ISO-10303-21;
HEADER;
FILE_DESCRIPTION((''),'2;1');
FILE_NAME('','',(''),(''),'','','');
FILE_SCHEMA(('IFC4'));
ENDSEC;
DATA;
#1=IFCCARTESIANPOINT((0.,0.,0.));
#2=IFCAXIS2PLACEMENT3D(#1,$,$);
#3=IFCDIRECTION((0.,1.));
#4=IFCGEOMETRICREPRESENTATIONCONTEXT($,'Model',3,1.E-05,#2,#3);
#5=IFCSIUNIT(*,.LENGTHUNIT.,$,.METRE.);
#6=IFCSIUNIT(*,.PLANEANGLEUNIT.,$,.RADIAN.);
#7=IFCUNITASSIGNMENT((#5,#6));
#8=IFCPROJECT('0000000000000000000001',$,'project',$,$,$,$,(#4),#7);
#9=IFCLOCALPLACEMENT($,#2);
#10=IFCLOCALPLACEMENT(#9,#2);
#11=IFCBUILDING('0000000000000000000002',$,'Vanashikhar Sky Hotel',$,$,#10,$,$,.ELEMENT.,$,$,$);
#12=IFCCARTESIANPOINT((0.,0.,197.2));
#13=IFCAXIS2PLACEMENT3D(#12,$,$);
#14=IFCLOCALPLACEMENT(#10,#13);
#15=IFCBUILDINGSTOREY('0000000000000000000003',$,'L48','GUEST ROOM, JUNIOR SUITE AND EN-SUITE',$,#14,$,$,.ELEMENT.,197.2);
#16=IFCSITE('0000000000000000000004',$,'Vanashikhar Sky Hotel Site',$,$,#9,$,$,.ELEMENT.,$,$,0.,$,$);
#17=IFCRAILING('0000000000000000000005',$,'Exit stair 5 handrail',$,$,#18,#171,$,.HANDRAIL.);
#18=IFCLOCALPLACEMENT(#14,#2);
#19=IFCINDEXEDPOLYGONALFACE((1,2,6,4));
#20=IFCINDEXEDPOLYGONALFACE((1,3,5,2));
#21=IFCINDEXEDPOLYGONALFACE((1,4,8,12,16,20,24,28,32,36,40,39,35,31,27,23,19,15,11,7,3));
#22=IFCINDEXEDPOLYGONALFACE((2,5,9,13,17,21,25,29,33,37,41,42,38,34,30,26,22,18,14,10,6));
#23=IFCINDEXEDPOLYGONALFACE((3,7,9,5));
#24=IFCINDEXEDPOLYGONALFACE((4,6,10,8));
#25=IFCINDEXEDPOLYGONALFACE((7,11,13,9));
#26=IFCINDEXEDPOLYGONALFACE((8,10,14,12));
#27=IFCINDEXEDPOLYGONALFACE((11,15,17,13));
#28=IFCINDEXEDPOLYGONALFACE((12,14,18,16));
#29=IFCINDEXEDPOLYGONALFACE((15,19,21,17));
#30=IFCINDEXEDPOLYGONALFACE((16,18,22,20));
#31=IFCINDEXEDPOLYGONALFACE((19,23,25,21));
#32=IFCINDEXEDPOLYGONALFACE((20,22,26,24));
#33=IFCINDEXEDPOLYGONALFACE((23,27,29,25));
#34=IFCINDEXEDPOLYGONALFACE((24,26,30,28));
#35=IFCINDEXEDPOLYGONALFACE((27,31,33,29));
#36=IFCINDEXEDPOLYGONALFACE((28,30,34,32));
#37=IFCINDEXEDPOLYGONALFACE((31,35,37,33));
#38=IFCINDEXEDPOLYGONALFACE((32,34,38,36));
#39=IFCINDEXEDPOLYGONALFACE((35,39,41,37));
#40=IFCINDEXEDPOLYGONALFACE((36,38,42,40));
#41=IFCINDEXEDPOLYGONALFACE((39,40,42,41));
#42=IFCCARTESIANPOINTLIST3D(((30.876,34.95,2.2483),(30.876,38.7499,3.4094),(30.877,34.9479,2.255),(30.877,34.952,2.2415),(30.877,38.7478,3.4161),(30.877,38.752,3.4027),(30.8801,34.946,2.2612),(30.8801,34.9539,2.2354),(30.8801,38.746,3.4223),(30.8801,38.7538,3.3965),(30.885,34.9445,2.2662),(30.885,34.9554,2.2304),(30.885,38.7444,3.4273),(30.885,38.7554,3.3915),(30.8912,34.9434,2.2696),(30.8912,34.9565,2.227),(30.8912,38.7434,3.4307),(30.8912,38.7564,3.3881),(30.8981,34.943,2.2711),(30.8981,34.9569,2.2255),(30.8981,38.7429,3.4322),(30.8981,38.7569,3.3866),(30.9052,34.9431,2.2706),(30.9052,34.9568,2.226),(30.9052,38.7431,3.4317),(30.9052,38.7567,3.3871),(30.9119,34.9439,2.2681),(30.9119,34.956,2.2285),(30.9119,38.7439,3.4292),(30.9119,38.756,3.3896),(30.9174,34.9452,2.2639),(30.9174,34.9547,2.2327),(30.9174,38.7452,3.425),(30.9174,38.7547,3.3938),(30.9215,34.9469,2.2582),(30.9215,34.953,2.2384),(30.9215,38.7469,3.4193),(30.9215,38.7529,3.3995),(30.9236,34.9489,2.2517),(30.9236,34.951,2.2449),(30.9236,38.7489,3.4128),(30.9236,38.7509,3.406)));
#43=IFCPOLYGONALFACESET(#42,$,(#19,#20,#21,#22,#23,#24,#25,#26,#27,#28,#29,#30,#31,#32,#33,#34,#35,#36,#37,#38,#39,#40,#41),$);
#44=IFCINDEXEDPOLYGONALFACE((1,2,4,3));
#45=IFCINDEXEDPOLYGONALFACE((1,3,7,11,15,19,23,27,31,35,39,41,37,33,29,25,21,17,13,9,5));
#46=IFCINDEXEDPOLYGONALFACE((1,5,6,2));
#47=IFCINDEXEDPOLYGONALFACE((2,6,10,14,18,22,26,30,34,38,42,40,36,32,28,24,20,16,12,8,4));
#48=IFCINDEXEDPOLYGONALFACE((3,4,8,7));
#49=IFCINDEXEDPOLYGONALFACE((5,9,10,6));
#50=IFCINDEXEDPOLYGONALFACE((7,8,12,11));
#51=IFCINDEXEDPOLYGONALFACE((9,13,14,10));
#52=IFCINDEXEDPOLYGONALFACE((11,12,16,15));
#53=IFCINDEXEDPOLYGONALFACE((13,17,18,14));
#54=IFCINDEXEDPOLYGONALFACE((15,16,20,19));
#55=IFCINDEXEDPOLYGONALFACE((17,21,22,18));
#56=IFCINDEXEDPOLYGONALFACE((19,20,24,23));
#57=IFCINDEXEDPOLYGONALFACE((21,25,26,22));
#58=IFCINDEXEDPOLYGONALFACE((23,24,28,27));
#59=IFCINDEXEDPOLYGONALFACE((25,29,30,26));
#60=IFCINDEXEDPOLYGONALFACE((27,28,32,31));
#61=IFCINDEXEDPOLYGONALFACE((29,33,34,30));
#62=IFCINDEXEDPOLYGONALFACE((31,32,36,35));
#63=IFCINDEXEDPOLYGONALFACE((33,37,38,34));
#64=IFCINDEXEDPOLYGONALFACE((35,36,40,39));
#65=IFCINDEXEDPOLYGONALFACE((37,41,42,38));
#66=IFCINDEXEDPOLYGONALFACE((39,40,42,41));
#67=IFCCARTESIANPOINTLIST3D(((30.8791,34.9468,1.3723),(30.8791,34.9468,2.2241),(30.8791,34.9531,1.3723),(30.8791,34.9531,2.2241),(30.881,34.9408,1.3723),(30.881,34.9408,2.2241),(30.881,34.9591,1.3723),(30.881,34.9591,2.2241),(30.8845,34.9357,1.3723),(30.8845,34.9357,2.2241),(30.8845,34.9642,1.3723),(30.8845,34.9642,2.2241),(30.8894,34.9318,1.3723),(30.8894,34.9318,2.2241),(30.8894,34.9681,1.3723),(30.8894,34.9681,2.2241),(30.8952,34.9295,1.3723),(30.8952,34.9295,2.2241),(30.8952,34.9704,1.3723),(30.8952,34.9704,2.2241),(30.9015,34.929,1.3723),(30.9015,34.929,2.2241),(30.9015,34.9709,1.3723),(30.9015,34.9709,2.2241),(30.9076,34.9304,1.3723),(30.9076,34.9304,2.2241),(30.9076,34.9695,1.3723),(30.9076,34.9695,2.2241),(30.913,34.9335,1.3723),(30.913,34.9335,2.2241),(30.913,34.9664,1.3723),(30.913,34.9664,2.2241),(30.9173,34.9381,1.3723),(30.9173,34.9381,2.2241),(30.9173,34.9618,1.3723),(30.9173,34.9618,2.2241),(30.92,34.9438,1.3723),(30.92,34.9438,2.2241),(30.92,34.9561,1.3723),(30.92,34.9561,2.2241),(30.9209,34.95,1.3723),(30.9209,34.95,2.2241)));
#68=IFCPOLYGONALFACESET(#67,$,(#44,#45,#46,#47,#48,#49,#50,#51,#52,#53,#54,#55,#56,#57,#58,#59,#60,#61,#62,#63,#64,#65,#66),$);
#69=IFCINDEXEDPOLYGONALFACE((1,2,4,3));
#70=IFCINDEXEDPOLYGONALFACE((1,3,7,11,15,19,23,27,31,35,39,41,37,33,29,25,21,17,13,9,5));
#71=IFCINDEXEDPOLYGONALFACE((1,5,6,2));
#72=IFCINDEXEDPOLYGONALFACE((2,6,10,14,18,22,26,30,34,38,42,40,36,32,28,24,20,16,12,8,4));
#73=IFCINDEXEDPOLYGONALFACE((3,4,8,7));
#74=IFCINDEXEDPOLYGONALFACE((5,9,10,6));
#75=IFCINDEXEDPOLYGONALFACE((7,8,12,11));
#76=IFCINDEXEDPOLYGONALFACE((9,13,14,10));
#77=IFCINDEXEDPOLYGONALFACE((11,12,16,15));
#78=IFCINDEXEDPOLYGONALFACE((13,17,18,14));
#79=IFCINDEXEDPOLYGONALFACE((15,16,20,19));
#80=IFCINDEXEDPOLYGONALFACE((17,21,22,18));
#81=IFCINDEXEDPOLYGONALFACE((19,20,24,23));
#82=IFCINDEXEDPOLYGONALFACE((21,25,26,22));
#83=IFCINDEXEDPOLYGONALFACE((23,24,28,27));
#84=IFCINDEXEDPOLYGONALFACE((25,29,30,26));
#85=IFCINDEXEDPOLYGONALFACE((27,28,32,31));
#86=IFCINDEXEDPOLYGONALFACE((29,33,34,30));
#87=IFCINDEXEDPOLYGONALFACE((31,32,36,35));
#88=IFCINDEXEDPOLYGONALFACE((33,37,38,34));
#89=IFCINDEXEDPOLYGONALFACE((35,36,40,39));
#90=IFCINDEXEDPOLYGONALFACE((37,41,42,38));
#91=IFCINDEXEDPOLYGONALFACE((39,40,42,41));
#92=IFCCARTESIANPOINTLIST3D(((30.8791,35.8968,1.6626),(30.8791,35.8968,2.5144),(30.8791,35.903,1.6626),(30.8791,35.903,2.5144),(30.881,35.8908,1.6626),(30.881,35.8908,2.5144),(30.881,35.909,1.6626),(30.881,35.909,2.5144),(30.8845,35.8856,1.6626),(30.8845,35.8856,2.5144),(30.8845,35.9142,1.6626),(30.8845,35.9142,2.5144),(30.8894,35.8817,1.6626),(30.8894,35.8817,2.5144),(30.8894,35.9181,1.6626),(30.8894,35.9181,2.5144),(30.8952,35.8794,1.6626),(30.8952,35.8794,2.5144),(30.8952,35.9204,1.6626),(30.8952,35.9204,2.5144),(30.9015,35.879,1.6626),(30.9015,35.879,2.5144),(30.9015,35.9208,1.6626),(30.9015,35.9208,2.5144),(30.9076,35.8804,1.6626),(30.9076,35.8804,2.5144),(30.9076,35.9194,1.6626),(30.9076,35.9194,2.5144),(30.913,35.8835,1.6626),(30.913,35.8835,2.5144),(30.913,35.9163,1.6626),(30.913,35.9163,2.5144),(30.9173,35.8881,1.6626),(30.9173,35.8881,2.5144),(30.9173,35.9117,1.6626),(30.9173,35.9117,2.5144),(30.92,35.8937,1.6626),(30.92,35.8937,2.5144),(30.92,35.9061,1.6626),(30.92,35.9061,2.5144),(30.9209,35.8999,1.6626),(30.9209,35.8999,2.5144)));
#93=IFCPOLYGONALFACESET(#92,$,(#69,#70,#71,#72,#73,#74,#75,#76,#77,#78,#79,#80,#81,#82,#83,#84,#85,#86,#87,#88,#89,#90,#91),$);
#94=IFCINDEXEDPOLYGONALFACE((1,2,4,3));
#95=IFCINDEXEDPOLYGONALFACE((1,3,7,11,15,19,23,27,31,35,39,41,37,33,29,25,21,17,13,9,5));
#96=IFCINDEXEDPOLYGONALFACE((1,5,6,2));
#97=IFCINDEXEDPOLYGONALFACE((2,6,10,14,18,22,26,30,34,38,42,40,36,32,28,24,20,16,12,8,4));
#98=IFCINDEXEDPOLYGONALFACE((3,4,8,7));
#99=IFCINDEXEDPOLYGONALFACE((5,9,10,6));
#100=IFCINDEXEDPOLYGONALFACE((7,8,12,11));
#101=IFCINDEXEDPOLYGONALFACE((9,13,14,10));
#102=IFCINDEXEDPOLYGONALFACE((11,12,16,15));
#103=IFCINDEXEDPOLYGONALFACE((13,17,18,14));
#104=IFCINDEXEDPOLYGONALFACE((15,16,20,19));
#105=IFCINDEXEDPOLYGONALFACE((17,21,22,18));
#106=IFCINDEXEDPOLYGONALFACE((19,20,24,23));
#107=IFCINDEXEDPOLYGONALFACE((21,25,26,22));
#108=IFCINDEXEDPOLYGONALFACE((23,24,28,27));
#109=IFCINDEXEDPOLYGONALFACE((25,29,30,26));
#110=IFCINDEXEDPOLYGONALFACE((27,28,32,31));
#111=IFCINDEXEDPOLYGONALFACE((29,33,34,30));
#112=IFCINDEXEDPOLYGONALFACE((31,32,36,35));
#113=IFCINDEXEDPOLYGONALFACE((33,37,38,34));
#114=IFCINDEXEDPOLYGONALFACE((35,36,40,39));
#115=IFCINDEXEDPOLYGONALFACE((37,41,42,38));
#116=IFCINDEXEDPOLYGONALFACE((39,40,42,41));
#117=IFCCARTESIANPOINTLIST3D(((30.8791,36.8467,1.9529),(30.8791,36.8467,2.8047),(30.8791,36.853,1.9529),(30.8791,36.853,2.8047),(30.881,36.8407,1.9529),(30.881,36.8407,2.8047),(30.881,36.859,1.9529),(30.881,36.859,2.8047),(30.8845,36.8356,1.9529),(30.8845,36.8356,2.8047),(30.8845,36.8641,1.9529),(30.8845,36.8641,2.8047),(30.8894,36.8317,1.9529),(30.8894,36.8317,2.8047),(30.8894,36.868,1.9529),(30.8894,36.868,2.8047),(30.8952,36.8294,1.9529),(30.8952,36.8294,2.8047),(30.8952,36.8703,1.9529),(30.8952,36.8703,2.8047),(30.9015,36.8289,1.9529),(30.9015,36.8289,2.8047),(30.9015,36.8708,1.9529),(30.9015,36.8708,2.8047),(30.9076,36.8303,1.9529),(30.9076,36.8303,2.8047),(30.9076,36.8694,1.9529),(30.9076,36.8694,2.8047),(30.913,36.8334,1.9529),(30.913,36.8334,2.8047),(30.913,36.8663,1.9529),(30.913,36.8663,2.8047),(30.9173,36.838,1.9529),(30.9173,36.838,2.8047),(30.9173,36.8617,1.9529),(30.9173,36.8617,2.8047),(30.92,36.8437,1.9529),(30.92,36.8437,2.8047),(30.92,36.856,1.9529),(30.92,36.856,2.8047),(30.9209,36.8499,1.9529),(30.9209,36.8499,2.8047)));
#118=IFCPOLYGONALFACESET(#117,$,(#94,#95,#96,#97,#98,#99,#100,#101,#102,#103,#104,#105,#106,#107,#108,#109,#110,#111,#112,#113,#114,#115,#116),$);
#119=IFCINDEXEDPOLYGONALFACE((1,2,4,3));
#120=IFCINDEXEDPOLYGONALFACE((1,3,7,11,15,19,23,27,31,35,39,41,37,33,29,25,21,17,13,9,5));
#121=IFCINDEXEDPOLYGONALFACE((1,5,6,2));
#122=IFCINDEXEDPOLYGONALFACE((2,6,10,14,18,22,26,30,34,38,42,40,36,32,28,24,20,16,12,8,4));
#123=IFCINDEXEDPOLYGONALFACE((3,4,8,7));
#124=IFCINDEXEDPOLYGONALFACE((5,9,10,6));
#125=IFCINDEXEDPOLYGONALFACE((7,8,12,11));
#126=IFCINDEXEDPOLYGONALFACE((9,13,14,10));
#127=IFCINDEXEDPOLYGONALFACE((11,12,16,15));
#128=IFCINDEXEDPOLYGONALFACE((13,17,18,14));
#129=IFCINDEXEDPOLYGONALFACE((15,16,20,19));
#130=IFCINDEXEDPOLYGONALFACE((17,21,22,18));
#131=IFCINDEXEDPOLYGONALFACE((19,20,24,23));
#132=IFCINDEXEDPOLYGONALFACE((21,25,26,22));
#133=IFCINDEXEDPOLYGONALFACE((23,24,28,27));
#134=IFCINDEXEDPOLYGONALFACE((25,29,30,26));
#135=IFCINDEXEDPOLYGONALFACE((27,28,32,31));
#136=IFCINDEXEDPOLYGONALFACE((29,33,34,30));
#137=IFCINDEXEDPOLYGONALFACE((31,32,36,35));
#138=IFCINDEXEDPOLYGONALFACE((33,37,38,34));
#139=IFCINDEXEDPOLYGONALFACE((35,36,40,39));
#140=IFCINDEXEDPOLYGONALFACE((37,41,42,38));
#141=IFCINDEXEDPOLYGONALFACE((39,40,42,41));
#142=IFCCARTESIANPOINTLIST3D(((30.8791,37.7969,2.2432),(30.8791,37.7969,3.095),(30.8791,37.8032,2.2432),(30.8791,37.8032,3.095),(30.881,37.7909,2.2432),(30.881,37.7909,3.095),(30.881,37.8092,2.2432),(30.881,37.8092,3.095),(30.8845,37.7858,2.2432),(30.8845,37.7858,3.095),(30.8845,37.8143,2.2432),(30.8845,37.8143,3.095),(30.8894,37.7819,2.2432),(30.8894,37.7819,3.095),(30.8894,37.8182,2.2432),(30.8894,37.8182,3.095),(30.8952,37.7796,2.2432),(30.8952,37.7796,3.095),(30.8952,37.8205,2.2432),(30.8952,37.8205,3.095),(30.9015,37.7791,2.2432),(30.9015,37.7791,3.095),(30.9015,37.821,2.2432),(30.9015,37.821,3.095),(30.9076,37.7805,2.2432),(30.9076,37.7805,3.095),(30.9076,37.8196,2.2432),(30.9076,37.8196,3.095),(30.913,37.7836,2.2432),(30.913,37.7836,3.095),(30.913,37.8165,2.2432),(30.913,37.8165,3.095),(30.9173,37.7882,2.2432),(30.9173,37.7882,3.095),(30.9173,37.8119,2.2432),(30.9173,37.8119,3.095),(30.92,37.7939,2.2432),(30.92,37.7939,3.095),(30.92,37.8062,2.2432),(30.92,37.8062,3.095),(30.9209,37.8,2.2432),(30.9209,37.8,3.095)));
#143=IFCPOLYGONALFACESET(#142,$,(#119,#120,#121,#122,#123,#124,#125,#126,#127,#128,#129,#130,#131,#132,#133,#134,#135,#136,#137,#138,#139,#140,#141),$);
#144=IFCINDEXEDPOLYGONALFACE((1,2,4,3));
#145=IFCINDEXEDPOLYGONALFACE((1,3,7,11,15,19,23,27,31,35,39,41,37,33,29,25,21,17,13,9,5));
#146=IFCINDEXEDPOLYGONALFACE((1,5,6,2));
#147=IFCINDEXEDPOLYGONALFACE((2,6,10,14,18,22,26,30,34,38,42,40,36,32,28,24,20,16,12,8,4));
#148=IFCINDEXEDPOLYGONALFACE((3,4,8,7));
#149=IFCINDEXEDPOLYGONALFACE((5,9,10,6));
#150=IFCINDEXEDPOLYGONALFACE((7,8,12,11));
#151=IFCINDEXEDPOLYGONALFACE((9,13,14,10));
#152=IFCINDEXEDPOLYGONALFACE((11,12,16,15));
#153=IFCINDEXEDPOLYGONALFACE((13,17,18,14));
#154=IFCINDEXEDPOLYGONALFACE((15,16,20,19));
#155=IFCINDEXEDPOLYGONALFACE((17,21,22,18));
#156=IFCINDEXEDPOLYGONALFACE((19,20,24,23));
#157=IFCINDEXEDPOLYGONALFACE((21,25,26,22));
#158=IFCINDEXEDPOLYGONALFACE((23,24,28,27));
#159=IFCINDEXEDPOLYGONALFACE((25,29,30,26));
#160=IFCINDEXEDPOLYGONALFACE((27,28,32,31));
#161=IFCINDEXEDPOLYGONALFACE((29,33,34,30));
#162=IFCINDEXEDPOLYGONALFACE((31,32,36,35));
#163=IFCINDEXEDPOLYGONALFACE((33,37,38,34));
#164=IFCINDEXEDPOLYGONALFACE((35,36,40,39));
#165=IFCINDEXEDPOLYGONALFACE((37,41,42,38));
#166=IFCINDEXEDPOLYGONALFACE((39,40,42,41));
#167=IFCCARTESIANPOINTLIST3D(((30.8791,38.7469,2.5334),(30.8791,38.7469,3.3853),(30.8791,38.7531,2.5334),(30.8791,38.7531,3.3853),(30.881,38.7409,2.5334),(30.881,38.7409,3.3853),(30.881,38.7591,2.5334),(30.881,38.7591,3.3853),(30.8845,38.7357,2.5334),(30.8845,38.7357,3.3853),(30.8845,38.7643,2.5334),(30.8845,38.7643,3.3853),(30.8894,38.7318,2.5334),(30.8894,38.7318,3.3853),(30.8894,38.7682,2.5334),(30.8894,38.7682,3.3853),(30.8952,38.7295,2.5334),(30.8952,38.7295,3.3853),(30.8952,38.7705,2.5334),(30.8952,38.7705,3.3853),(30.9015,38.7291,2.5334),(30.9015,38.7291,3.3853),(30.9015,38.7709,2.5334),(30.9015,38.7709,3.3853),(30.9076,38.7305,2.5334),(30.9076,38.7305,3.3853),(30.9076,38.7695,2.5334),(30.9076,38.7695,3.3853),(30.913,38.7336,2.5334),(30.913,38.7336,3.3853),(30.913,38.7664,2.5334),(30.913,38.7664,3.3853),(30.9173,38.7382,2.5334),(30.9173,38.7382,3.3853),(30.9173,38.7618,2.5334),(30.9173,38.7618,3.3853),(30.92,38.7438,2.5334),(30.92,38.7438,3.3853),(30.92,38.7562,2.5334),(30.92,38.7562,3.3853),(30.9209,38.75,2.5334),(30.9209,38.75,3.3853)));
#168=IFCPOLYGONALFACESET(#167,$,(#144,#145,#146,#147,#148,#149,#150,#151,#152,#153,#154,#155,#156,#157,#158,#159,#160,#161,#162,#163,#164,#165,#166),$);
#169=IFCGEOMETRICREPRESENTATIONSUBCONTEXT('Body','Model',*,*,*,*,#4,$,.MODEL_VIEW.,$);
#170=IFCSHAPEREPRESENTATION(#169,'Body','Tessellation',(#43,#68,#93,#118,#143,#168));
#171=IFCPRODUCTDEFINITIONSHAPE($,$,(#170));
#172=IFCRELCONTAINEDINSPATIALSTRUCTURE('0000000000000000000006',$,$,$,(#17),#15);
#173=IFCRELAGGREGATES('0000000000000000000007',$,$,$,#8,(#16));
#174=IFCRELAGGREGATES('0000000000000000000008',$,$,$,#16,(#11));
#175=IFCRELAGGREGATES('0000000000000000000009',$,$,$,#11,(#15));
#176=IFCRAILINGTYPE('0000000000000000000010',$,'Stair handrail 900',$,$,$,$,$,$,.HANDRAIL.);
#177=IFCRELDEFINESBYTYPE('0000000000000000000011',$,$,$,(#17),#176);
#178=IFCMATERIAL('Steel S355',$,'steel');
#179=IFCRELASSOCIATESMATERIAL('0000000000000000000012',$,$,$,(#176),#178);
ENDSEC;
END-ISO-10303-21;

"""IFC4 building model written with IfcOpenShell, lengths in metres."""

from ifc_helpers import new_model, si_unit, direction, frame, origin, origin_2d, place, context, subcontext, project, spatial, circle, extrude, source, transform, mapped, material, type_object, element, save


model = new_model("IFC4")

# Units and contexts
model_context = context("Model", 3, precision=1e-05, world=origin(), true_north=direction((0.0, 1.0)))
body_context = subcontext(model_context, "Body", "Model", "MODEL_VIEW")
ifc_project = project(units=[si_unit("LENGTHUNIT", "METRE"), si_unit("PLANEANGLEUNIT", "RADIAN")], contexts=[model_context])

# Site, building, storey
site_placement = place(None, origin())
site = spatial("IfcSite", under=ifc_project, at=site_placement, Name="Vanashikhar Sky Hotel Site", CompositionType="ELEMENT", RefElevation=0.0)
building_placement = place(site_placement, origin())
building = spatial("IfcBuilding", under=site, at=building_placement, Name="Vanashikhar Sky Hotel", CompositionType="ELEMENT")
storey_placement = place(building_placement, frame((0.0, 0.0, 197.2)))
storey = spatial("IfcBuildingStorey", under=building, at=storey_placement, Name="L48", Description="GUEST ROOM, JUNIOR SUITE AND EN-SUITE", CompositionType="ELEMENT", Elevation=197.2)

# Railing
ifc_material_1 = material(Name="Steel S355", Category="steel")
railing_type_1 = type_object("IfcRailingType", Name="Stair handrail 900", PredefinedType="HANDRAIL", material=ifc_material_1)
shared_shape_1 = source(origin(), body_context, "Body", "SweptSolid", [
    extrude(circle(Radius=0.0239, at=origin_2d()), frame((0.0, 0.0, 0.876), z_axis=(0.0, 0.956351, 0.29222), x_axis=(-1.0, 0.0, 0.0)), (0.0, 0.0, 1.0), 3.9734),
    extrude(circle(Radius=0.021, at=origin_2d()), origin(), (0.0, 0.0, 1.0), 0.8518),
    extrude(circle(Radius=0.021, at=origin_2d()), frame((0.0, 0.95, 0.2903)), (0.0, 0.0, 1.0), 0.8518),
    extrude(circle(Radius=0.021, at=origin_2d()), frame((0.0, 1.8999, 0.5806)), (0.0, 0.0, 1.0), 0.8518),
    extrude(circle(Radius=0.021, at=origin_2d()), frame((0.0, 2.8501, 0.8708)), (0.0, 0.0, 1.0), 0.8518),
    extrude(circle(Radius=0.021, at=origin_2d()), frame((0.0, 3.8, 1.1611)), (0.0, 0.0, 1.0), 0.8518),
])
for number, where, name in (
    (1, (30.8999, 34.95, 1.3723), "Exit stair 5 handrail"),
):
    element("IfcRailing", number, at=place(storey_placement, frame(where)), inside=storey, type_object=railing_type_1, Name=name, PredefinedType="HANDRAIL", context=body_context, shape_type="MappedRepresentation", body=[
        mapped(shared_shape_1, transform((0.0, 0.0, 0.0), scale=1.0)),
    ])

save(model, "model.ifc")
